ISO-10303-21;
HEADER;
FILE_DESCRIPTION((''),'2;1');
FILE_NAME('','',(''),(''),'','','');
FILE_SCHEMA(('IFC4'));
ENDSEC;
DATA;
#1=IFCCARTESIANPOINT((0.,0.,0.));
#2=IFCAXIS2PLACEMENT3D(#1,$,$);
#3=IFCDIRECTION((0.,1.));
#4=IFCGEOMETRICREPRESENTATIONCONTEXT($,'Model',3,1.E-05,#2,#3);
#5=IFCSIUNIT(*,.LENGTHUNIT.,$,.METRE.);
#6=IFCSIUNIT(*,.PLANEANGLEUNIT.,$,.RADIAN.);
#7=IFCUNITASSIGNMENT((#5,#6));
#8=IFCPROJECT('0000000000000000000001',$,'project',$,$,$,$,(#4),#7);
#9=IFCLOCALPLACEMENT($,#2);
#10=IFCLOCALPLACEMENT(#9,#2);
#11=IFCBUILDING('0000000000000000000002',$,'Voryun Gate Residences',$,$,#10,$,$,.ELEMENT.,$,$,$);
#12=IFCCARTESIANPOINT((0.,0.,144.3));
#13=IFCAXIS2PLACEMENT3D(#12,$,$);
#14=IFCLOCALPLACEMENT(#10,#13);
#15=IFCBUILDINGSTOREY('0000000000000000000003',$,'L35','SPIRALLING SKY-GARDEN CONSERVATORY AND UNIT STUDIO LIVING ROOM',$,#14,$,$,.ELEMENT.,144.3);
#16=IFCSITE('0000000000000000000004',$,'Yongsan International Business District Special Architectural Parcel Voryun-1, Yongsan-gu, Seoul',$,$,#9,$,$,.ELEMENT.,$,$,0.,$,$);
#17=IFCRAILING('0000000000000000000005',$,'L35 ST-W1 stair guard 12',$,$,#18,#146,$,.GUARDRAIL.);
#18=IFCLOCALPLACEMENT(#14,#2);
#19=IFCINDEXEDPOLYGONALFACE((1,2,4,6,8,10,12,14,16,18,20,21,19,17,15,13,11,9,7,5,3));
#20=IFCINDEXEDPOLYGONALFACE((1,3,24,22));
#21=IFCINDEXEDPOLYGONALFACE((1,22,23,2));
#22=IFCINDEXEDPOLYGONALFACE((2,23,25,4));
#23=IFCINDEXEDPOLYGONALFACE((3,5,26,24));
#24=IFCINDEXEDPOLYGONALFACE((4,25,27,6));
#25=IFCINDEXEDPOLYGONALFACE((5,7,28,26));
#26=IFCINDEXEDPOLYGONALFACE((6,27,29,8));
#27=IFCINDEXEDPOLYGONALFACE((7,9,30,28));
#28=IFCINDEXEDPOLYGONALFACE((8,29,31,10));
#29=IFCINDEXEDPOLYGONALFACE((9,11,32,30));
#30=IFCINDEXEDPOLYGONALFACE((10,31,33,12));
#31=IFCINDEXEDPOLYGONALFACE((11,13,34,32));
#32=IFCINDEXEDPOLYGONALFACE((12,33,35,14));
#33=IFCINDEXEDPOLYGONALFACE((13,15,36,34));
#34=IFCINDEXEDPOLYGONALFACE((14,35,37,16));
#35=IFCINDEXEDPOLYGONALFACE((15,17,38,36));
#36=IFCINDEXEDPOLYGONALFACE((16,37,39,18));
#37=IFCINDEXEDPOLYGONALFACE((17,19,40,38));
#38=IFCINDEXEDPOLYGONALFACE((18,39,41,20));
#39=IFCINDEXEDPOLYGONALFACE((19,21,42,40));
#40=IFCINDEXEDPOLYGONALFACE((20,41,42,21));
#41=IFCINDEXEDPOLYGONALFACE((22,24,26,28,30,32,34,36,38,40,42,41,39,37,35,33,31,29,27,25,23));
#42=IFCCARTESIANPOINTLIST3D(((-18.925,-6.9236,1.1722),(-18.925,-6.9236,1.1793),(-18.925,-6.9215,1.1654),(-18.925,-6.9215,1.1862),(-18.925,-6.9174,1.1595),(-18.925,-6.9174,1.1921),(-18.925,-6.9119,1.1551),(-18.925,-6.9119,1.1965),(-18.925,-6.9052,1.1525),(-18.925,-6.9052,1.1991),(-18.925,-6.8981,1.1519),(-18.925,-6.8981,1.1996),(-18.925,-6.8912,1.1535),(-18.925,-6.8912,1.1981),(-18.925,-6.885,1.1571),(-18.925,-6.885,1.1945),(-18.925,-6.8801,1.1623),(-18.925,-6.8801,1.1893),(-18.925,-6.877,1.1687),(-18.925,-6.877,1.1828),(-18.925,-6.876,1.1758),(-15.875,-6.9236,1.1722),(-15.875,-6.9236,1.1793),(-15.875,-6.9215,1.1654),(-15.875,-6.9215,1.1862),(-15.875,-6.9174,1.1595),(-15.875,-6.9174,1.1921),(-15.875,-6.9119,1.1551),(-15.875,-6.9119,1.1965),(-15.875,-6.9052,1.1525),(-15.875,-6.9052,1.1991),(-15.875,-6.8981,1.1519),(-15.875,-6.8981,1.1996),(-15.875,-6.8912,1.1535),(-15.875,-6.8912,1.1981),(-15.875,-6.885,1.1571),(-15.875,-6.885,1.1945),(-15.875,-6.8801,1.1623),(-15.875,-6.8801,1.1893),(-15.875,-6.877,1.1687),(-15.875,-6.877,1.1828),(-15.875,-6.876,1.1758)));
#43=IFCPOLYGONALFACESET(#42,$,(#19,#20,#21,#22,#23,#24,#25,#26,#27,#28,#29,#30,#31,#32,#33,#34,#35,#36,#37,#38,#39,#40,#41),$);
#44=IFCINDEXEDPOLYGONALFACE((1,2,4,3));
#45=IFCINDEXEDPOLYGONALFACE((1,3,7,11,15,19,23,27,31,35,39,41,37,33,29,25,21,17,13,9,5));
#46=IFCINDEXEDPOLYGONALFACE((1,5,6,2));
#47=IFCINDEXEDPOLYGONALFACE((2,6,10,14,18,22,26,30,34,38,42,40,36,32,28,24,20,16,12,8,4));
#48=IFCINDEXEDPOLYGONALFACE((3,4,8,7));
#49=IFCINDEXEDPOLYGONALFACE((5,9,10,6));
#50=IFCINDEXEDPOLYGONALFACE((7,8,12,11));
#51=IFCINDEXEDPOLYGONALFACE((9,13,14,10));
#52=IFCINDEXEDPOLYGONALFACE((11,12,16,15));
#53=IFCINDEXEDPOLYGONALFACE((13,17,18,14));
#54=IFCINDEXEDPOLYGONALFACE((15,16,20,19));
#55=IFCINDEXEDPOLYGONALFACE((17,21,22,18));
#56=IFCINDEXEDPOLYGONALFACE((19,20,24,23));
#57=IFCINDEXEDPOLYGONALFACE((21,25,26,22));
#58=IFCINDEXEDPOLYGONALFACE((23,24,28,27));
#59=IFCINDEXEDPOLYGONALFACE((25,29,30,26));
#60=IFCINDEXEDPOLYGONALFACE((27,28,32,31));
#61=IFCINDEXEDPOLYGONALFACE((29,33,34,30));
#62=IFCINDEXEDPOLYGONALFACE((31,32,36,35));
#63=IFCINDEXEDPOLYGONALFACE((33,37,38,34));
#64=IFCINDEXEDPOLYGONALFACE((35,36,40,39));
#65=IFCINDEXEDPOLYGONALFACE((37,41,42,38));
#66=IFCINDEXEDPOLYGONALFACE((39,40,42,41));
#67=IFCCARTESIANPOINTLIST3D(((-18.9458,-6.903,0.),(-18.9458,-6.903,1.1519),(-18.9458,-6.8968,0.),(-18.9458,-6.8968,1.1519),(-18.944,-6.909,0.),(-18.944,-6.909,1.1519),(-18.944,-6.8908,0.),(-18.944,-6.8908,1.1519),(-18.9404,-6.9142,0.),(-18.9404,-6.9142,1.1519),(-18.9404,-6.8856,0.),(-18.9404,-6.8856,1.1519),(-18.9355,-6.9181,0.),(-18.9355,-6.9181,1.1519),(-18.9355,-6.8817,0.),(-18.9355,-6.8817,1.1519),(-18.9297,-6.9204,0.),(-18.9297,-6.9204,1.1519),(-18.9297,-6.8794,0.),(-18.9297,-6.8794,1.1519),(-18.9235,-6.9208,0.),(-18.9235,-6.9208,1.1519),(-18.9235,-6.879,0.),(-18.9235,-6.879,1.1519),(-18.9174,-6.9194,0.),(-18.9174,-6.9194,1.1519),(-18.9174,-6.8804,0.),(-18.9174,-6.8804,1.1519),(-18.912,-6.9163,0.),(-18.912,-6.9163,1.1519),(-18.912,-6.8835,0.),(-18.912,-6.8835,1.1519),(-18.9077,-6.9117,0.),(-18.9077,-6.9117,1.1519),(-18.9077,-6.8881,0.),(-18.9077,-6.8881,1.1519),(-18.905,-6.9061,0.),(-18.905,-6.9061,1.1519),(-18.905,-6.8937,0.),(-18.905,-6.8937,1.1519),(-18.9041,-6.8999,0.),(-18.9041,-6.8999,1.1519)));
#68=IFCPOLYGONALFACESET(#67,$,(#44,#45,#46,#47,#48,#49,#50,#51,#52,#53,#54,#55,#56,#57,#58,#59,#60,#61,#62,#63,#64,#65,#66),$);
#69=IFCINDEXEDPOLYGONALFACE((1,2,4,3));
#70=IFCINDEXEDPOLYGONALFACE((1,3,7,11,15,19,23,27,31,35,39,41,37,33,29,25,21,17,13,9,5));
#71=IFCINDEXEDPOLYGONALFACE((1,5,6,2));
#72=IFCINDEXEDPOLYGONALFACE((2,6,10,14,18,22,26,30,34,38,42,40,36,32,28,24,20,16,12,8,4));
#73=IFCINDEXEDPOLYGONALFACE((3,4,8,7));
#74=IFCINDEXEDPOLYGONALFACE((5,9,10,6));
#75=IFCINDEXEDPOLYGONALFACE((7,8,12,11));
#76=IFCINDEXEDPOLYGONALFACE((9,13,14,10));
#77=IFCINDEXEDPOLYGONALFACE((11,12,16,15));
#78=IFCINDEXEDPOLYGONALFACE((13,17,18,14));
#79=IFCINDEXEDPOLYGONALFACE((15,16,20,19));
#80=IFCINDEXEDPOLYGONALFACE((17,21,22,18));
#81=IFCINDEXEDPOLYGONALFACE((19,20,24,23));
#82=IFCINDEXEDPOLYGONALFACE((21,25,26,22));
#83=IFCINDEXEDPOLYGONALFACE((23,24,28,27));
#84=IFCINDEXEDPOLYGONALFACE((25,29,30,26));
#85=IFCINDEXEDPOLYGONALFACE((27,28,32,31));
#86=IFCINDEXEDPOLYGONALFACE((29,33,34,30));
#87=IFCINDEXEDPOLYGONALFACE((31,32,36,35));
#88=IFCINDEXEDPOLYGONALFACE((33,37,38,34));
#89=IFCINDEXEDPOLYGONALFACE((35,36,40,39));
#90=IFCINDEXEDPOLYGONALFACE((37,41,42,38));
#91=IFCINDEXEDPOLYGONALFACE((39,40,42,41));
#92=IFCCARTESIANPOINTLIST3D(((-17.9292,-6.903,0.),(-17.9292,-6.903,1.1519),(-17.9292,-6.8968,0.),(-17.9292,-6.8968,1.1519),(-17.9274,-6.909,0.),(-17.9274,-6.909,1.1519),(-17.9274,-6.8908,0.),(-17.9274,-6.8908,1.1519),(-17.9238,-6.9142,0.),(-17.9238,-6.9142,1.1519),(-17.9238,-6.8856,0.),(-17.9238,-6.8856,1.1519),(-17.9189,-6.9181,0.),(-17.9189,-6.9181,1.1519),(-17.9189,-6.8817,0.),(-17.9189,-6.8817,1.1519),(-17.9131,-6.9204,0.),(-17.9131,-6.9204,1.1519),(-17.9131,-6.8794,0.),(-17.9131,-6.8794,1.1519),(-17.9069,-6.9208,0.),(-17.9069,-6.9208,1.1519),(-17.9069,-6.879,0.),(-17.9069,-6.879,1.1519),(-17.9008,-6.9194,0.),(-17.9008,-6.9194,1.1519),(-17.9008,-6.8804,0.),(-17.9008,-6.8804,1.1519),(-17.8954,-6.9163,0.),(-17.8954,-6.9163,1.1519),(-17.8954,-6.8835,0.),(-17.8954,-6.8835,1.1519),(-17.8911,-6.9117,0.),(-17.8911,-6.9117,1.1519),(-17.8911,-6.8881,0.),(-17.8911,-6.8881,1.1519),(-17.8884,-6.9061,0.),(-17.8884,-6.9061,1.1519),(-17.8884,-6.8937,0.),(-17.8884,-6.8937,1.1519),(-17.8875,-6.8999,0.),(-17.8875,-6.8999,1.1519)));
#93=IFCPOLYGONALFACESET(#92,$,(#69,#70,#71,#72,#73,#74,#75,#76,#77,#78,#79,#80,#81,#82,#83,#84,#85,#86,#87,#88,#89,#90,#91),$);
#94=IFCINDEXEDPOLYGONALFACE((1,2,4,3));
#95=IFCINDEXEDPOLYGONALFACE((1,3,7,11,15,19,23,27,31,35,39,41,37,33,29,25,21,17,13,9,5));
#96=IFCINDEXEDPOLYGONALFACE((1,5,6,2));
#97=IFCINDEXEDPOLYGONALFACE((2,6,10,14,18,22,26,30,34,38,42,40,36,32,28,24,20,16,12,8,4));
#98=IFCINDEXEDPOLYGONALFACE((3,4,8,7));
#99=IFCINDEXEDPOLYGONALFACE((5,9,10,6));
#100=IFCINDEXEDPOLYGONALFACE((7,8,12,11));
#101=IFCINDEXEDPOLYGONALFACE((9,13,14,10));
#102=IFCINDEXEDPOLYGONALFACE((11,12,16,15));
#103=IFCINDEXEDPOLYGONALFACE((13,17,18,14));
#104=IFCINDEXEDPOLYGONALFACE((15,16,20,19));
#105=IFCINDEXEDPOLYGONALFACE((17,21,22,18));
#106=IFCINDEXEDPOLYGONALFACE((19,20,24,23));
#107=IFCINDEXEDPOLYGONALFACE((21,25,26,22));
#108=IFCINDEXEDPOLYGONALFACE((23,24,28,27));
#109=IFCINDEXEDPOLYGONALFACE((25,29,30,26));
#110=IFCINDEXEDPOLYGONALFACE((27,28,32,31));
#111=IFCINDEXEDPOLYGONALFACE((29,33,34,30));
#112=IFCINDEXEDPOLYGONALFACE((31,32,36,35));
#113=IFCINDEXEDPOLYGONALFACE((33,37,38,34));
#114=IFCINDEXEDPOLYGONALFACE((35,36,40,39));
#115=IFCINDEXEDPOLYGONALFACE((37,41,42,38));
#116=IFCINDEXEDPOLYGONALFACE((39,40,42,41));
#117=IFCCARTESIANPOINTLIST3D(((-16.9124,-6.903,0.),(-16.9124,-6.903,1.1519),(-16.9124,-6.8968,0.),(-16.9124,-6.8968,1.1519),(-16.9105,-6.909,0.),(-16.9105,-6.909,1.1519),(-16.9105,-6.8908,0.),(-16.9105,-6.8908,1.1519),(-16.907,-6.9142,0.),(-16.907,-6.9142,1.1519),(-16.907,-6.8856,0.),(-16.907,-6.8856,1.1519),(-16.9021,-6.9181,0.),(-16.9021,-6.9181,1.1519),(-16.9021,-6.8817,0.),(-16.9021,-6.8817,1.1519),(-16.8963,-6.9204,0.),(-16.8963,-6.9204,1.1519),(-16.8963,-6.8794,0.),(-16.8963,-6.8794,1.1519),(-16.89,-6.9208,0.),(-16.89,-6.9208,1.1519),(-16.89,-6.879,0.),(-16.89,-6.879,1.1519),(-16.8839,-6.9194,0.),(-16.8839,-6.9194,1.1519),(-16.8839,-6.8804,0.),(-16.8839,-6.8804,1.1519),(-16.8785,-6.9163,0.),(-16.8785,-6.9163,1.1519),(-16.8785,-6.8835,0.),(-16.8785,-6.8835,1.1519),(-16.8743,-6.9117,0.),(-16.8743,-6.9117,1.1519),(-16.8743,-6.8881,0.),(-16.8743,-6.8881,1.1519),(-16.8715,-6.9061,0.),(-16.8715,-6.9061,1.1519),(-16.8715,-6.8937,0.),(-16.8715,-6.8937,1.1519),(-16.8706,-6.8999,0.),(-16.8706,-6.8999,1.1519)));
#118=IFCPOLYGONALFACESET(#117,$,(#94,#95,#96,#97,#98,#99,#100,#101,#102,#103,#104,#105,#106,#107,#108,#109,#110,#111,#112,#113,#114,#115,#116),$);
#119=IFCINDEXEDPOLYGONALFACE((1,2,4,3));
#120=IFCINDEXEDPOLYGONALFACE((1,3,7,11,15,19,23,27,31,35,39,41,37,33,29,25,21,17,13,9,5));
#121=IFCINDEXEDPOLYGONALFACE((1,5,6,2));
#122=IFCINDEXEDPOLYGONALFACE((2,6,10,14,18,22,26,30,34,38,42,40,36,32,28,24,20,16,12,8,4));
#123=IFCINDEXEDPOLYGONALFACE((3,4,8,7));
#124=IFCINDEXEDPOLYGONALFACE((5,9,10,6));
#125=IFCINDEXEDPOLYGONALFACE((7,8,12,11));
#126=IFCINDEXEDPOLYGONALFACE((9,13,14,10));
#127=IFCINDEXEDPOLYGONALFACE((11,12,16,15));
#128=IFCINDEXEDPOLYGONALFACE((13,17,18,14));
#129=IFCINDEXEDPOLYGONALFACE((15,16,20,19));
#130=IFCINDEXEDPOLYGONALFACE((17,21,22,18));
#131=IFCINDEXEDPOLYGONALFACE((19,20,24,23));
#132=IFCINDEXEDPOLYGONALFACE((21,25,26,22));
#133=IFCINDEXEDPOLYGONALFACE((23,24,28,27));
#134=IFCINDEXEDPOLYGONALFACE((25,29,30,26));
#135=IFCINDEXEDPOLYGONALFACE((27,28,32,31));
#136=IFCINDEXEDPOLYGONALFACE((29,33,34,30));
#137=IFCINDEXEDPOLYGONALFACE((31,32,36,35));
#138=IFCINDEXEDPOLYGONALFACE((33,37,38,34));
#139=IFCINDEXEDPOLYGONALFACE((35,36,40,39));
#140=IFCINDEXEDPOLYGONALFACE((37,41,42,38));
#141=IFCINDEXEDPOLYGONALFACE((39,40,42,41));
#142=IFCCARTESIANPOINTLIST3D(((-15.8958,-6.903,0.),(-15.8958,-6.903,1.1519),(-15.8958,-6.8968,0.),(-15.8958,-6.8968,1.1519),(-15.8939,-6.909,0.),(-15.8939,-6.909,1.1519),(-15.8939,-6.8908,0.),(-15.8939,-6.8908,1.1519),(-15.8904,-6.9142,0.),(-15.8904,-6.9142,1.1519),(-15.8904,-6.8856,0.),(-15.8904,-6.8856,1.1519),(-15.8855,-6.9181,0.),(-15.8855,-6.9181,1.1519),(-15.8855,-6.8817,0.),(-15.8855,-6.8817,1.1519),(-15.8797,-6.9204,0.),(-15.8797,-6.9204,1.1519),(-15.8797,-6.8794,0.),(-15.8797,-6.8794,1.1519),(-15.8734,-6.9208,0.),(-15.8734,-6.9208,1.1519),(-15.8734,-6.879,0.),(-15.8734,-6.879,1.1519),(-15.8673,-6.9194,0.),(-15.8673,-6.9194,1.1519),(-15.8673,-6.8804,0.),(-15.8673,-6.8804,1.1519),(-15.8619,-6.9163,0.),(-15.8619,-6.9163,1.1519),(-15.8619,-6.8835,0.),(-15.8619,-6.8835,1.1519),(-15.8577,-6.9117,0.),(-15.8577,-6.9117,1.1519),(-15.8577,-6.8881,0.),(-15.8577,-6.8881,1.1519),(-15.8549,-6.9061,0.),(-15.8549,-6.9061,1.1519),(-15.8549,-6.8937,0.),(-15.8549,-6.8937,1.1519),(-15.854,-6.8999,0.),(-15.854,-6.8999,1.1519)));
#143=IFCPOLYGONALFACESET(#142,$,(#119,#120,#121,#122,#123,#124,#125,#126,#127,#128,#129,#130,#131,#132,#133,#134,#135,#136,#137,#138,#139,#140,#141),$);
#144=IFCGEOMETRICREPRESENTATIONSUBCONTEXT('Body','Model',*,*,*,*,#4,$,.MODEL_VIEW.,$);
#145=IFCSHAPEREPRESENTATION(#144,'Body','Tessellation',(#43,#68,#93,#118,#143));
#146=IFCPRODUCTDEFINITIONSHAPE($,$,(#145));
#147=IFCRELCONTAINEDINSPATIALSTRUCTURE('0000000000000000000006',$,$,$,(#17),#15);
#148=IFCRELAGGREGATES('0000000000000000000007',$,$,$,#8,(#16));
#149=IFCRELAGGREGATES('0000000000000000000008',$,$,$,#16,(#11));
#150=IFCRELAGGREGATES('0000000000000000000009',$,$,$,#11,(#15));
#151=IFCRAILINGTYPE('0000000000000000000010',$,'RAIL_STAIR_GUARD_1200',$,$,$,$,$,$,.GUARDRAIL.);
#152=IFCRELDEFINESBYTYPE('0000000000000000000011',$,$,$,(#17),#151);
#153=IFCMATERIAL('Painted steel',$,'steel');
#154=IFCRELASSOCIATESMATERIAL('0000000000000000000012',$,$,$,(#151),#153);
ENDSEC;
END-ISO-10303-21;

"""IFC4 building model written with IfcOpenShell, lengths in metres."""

from ifc_helpers import new_model, si_unit, direction, frame, origin, origin_2d, place, context, subcontext, project, spatial, circle, extrude, material, type_object, element, save


model = new_model("IFC4")

# Units and contexts
model_context = context("Model", 3, precision=1e-05, world=origin(), true_north=direction((0.0, 1.0)))
body_context = subcontext(model_context, "Body", "Model", "MODEL_VIEW")
ifc_project = project(units=[si_unit("LENGTHUNIT", "METRE"), si_unit("PLANEANGLEUNIT", "RADIAN")], contexts=[model_context])

# Site, building, storey
site_placement = place(None, origin())
site = spatial("IfcSite", under=ifc_project, at=site_placement, Name="Yongsan International Business District Special Architectural Parcel Voryun-1, Yongsan-gu, Seoul", CompositionType="ELEMENT", RefElevation=0.0)
building_placement = place(site_placement, origin())
building = spatial("IfcBuilding", under=site, at=building_placement, Name="Voryun Gate Residences", CompositionType="ELEMENT")
storey_placement = place(building_placement, frame((0.0, 0.0, 144.3)))
storey = spatial("IfcBuildingStorey", under=building, at=storey_placement, Name="L35", Description="SPIRALLING SKY-GARDEN CONSERVATORY AND UNIT STUDIO LIVING ROOM", CompositionType="ELEMENT", Elevation=144.3)

# Railing
ifc_material_1 = material(Name="Painted steel", Category="steel")
railing_type_1 = type_object("IfcRailingType", Name="RAIL_STAIR_GUARD_1200", PredefinedType="GUARDRAIL", material=ifc_material_1)
railing_1_placement = place(storey_placement, frame((-18.925, -6.8999, 0.0)))
element("IfcRailing", 1, at=railing_1_placement, inside=storey, type_object=railing_type_1, Name="L35 ST-W1 stair guard 12", PredefinedType="GUARDRAIL", context=body_context, shape_type="SweptSolid", body=[
    extrude(circle(Radius=0.0239, at=origin_2d()), frame((0.0, 0.0, 1.1758), z_axis=(1.0, 0.0, 0.0), x_axis=(0.0, 1.0, 0.0)), (0.0, 0.0, 1.0), 3.05),
    extrude(circle(Radius=0.021, at=origin_2d()), origin(), (0.0, 0.0, 1.0), 1.1519),
    extrude(circle(Radius=0.021, at=origin_2d()), frame((1.0166, 0.0, 0.0)), (0.0, 0.0, 1.0), 1.1519),
    extrude(circle(Radius=0.021, at=origin_2d()), frame((2.0334, 0.0, 0.0)), (0.0, 0.0, 1.0), 1.1519),
    extrude(circle(Radius=0.021, at=origin_2d()), frame((3.05, 0.0, 0.0)), (0.0, 0.0, 1.0), 1.1519),
])

save(model, "model.ifc")
